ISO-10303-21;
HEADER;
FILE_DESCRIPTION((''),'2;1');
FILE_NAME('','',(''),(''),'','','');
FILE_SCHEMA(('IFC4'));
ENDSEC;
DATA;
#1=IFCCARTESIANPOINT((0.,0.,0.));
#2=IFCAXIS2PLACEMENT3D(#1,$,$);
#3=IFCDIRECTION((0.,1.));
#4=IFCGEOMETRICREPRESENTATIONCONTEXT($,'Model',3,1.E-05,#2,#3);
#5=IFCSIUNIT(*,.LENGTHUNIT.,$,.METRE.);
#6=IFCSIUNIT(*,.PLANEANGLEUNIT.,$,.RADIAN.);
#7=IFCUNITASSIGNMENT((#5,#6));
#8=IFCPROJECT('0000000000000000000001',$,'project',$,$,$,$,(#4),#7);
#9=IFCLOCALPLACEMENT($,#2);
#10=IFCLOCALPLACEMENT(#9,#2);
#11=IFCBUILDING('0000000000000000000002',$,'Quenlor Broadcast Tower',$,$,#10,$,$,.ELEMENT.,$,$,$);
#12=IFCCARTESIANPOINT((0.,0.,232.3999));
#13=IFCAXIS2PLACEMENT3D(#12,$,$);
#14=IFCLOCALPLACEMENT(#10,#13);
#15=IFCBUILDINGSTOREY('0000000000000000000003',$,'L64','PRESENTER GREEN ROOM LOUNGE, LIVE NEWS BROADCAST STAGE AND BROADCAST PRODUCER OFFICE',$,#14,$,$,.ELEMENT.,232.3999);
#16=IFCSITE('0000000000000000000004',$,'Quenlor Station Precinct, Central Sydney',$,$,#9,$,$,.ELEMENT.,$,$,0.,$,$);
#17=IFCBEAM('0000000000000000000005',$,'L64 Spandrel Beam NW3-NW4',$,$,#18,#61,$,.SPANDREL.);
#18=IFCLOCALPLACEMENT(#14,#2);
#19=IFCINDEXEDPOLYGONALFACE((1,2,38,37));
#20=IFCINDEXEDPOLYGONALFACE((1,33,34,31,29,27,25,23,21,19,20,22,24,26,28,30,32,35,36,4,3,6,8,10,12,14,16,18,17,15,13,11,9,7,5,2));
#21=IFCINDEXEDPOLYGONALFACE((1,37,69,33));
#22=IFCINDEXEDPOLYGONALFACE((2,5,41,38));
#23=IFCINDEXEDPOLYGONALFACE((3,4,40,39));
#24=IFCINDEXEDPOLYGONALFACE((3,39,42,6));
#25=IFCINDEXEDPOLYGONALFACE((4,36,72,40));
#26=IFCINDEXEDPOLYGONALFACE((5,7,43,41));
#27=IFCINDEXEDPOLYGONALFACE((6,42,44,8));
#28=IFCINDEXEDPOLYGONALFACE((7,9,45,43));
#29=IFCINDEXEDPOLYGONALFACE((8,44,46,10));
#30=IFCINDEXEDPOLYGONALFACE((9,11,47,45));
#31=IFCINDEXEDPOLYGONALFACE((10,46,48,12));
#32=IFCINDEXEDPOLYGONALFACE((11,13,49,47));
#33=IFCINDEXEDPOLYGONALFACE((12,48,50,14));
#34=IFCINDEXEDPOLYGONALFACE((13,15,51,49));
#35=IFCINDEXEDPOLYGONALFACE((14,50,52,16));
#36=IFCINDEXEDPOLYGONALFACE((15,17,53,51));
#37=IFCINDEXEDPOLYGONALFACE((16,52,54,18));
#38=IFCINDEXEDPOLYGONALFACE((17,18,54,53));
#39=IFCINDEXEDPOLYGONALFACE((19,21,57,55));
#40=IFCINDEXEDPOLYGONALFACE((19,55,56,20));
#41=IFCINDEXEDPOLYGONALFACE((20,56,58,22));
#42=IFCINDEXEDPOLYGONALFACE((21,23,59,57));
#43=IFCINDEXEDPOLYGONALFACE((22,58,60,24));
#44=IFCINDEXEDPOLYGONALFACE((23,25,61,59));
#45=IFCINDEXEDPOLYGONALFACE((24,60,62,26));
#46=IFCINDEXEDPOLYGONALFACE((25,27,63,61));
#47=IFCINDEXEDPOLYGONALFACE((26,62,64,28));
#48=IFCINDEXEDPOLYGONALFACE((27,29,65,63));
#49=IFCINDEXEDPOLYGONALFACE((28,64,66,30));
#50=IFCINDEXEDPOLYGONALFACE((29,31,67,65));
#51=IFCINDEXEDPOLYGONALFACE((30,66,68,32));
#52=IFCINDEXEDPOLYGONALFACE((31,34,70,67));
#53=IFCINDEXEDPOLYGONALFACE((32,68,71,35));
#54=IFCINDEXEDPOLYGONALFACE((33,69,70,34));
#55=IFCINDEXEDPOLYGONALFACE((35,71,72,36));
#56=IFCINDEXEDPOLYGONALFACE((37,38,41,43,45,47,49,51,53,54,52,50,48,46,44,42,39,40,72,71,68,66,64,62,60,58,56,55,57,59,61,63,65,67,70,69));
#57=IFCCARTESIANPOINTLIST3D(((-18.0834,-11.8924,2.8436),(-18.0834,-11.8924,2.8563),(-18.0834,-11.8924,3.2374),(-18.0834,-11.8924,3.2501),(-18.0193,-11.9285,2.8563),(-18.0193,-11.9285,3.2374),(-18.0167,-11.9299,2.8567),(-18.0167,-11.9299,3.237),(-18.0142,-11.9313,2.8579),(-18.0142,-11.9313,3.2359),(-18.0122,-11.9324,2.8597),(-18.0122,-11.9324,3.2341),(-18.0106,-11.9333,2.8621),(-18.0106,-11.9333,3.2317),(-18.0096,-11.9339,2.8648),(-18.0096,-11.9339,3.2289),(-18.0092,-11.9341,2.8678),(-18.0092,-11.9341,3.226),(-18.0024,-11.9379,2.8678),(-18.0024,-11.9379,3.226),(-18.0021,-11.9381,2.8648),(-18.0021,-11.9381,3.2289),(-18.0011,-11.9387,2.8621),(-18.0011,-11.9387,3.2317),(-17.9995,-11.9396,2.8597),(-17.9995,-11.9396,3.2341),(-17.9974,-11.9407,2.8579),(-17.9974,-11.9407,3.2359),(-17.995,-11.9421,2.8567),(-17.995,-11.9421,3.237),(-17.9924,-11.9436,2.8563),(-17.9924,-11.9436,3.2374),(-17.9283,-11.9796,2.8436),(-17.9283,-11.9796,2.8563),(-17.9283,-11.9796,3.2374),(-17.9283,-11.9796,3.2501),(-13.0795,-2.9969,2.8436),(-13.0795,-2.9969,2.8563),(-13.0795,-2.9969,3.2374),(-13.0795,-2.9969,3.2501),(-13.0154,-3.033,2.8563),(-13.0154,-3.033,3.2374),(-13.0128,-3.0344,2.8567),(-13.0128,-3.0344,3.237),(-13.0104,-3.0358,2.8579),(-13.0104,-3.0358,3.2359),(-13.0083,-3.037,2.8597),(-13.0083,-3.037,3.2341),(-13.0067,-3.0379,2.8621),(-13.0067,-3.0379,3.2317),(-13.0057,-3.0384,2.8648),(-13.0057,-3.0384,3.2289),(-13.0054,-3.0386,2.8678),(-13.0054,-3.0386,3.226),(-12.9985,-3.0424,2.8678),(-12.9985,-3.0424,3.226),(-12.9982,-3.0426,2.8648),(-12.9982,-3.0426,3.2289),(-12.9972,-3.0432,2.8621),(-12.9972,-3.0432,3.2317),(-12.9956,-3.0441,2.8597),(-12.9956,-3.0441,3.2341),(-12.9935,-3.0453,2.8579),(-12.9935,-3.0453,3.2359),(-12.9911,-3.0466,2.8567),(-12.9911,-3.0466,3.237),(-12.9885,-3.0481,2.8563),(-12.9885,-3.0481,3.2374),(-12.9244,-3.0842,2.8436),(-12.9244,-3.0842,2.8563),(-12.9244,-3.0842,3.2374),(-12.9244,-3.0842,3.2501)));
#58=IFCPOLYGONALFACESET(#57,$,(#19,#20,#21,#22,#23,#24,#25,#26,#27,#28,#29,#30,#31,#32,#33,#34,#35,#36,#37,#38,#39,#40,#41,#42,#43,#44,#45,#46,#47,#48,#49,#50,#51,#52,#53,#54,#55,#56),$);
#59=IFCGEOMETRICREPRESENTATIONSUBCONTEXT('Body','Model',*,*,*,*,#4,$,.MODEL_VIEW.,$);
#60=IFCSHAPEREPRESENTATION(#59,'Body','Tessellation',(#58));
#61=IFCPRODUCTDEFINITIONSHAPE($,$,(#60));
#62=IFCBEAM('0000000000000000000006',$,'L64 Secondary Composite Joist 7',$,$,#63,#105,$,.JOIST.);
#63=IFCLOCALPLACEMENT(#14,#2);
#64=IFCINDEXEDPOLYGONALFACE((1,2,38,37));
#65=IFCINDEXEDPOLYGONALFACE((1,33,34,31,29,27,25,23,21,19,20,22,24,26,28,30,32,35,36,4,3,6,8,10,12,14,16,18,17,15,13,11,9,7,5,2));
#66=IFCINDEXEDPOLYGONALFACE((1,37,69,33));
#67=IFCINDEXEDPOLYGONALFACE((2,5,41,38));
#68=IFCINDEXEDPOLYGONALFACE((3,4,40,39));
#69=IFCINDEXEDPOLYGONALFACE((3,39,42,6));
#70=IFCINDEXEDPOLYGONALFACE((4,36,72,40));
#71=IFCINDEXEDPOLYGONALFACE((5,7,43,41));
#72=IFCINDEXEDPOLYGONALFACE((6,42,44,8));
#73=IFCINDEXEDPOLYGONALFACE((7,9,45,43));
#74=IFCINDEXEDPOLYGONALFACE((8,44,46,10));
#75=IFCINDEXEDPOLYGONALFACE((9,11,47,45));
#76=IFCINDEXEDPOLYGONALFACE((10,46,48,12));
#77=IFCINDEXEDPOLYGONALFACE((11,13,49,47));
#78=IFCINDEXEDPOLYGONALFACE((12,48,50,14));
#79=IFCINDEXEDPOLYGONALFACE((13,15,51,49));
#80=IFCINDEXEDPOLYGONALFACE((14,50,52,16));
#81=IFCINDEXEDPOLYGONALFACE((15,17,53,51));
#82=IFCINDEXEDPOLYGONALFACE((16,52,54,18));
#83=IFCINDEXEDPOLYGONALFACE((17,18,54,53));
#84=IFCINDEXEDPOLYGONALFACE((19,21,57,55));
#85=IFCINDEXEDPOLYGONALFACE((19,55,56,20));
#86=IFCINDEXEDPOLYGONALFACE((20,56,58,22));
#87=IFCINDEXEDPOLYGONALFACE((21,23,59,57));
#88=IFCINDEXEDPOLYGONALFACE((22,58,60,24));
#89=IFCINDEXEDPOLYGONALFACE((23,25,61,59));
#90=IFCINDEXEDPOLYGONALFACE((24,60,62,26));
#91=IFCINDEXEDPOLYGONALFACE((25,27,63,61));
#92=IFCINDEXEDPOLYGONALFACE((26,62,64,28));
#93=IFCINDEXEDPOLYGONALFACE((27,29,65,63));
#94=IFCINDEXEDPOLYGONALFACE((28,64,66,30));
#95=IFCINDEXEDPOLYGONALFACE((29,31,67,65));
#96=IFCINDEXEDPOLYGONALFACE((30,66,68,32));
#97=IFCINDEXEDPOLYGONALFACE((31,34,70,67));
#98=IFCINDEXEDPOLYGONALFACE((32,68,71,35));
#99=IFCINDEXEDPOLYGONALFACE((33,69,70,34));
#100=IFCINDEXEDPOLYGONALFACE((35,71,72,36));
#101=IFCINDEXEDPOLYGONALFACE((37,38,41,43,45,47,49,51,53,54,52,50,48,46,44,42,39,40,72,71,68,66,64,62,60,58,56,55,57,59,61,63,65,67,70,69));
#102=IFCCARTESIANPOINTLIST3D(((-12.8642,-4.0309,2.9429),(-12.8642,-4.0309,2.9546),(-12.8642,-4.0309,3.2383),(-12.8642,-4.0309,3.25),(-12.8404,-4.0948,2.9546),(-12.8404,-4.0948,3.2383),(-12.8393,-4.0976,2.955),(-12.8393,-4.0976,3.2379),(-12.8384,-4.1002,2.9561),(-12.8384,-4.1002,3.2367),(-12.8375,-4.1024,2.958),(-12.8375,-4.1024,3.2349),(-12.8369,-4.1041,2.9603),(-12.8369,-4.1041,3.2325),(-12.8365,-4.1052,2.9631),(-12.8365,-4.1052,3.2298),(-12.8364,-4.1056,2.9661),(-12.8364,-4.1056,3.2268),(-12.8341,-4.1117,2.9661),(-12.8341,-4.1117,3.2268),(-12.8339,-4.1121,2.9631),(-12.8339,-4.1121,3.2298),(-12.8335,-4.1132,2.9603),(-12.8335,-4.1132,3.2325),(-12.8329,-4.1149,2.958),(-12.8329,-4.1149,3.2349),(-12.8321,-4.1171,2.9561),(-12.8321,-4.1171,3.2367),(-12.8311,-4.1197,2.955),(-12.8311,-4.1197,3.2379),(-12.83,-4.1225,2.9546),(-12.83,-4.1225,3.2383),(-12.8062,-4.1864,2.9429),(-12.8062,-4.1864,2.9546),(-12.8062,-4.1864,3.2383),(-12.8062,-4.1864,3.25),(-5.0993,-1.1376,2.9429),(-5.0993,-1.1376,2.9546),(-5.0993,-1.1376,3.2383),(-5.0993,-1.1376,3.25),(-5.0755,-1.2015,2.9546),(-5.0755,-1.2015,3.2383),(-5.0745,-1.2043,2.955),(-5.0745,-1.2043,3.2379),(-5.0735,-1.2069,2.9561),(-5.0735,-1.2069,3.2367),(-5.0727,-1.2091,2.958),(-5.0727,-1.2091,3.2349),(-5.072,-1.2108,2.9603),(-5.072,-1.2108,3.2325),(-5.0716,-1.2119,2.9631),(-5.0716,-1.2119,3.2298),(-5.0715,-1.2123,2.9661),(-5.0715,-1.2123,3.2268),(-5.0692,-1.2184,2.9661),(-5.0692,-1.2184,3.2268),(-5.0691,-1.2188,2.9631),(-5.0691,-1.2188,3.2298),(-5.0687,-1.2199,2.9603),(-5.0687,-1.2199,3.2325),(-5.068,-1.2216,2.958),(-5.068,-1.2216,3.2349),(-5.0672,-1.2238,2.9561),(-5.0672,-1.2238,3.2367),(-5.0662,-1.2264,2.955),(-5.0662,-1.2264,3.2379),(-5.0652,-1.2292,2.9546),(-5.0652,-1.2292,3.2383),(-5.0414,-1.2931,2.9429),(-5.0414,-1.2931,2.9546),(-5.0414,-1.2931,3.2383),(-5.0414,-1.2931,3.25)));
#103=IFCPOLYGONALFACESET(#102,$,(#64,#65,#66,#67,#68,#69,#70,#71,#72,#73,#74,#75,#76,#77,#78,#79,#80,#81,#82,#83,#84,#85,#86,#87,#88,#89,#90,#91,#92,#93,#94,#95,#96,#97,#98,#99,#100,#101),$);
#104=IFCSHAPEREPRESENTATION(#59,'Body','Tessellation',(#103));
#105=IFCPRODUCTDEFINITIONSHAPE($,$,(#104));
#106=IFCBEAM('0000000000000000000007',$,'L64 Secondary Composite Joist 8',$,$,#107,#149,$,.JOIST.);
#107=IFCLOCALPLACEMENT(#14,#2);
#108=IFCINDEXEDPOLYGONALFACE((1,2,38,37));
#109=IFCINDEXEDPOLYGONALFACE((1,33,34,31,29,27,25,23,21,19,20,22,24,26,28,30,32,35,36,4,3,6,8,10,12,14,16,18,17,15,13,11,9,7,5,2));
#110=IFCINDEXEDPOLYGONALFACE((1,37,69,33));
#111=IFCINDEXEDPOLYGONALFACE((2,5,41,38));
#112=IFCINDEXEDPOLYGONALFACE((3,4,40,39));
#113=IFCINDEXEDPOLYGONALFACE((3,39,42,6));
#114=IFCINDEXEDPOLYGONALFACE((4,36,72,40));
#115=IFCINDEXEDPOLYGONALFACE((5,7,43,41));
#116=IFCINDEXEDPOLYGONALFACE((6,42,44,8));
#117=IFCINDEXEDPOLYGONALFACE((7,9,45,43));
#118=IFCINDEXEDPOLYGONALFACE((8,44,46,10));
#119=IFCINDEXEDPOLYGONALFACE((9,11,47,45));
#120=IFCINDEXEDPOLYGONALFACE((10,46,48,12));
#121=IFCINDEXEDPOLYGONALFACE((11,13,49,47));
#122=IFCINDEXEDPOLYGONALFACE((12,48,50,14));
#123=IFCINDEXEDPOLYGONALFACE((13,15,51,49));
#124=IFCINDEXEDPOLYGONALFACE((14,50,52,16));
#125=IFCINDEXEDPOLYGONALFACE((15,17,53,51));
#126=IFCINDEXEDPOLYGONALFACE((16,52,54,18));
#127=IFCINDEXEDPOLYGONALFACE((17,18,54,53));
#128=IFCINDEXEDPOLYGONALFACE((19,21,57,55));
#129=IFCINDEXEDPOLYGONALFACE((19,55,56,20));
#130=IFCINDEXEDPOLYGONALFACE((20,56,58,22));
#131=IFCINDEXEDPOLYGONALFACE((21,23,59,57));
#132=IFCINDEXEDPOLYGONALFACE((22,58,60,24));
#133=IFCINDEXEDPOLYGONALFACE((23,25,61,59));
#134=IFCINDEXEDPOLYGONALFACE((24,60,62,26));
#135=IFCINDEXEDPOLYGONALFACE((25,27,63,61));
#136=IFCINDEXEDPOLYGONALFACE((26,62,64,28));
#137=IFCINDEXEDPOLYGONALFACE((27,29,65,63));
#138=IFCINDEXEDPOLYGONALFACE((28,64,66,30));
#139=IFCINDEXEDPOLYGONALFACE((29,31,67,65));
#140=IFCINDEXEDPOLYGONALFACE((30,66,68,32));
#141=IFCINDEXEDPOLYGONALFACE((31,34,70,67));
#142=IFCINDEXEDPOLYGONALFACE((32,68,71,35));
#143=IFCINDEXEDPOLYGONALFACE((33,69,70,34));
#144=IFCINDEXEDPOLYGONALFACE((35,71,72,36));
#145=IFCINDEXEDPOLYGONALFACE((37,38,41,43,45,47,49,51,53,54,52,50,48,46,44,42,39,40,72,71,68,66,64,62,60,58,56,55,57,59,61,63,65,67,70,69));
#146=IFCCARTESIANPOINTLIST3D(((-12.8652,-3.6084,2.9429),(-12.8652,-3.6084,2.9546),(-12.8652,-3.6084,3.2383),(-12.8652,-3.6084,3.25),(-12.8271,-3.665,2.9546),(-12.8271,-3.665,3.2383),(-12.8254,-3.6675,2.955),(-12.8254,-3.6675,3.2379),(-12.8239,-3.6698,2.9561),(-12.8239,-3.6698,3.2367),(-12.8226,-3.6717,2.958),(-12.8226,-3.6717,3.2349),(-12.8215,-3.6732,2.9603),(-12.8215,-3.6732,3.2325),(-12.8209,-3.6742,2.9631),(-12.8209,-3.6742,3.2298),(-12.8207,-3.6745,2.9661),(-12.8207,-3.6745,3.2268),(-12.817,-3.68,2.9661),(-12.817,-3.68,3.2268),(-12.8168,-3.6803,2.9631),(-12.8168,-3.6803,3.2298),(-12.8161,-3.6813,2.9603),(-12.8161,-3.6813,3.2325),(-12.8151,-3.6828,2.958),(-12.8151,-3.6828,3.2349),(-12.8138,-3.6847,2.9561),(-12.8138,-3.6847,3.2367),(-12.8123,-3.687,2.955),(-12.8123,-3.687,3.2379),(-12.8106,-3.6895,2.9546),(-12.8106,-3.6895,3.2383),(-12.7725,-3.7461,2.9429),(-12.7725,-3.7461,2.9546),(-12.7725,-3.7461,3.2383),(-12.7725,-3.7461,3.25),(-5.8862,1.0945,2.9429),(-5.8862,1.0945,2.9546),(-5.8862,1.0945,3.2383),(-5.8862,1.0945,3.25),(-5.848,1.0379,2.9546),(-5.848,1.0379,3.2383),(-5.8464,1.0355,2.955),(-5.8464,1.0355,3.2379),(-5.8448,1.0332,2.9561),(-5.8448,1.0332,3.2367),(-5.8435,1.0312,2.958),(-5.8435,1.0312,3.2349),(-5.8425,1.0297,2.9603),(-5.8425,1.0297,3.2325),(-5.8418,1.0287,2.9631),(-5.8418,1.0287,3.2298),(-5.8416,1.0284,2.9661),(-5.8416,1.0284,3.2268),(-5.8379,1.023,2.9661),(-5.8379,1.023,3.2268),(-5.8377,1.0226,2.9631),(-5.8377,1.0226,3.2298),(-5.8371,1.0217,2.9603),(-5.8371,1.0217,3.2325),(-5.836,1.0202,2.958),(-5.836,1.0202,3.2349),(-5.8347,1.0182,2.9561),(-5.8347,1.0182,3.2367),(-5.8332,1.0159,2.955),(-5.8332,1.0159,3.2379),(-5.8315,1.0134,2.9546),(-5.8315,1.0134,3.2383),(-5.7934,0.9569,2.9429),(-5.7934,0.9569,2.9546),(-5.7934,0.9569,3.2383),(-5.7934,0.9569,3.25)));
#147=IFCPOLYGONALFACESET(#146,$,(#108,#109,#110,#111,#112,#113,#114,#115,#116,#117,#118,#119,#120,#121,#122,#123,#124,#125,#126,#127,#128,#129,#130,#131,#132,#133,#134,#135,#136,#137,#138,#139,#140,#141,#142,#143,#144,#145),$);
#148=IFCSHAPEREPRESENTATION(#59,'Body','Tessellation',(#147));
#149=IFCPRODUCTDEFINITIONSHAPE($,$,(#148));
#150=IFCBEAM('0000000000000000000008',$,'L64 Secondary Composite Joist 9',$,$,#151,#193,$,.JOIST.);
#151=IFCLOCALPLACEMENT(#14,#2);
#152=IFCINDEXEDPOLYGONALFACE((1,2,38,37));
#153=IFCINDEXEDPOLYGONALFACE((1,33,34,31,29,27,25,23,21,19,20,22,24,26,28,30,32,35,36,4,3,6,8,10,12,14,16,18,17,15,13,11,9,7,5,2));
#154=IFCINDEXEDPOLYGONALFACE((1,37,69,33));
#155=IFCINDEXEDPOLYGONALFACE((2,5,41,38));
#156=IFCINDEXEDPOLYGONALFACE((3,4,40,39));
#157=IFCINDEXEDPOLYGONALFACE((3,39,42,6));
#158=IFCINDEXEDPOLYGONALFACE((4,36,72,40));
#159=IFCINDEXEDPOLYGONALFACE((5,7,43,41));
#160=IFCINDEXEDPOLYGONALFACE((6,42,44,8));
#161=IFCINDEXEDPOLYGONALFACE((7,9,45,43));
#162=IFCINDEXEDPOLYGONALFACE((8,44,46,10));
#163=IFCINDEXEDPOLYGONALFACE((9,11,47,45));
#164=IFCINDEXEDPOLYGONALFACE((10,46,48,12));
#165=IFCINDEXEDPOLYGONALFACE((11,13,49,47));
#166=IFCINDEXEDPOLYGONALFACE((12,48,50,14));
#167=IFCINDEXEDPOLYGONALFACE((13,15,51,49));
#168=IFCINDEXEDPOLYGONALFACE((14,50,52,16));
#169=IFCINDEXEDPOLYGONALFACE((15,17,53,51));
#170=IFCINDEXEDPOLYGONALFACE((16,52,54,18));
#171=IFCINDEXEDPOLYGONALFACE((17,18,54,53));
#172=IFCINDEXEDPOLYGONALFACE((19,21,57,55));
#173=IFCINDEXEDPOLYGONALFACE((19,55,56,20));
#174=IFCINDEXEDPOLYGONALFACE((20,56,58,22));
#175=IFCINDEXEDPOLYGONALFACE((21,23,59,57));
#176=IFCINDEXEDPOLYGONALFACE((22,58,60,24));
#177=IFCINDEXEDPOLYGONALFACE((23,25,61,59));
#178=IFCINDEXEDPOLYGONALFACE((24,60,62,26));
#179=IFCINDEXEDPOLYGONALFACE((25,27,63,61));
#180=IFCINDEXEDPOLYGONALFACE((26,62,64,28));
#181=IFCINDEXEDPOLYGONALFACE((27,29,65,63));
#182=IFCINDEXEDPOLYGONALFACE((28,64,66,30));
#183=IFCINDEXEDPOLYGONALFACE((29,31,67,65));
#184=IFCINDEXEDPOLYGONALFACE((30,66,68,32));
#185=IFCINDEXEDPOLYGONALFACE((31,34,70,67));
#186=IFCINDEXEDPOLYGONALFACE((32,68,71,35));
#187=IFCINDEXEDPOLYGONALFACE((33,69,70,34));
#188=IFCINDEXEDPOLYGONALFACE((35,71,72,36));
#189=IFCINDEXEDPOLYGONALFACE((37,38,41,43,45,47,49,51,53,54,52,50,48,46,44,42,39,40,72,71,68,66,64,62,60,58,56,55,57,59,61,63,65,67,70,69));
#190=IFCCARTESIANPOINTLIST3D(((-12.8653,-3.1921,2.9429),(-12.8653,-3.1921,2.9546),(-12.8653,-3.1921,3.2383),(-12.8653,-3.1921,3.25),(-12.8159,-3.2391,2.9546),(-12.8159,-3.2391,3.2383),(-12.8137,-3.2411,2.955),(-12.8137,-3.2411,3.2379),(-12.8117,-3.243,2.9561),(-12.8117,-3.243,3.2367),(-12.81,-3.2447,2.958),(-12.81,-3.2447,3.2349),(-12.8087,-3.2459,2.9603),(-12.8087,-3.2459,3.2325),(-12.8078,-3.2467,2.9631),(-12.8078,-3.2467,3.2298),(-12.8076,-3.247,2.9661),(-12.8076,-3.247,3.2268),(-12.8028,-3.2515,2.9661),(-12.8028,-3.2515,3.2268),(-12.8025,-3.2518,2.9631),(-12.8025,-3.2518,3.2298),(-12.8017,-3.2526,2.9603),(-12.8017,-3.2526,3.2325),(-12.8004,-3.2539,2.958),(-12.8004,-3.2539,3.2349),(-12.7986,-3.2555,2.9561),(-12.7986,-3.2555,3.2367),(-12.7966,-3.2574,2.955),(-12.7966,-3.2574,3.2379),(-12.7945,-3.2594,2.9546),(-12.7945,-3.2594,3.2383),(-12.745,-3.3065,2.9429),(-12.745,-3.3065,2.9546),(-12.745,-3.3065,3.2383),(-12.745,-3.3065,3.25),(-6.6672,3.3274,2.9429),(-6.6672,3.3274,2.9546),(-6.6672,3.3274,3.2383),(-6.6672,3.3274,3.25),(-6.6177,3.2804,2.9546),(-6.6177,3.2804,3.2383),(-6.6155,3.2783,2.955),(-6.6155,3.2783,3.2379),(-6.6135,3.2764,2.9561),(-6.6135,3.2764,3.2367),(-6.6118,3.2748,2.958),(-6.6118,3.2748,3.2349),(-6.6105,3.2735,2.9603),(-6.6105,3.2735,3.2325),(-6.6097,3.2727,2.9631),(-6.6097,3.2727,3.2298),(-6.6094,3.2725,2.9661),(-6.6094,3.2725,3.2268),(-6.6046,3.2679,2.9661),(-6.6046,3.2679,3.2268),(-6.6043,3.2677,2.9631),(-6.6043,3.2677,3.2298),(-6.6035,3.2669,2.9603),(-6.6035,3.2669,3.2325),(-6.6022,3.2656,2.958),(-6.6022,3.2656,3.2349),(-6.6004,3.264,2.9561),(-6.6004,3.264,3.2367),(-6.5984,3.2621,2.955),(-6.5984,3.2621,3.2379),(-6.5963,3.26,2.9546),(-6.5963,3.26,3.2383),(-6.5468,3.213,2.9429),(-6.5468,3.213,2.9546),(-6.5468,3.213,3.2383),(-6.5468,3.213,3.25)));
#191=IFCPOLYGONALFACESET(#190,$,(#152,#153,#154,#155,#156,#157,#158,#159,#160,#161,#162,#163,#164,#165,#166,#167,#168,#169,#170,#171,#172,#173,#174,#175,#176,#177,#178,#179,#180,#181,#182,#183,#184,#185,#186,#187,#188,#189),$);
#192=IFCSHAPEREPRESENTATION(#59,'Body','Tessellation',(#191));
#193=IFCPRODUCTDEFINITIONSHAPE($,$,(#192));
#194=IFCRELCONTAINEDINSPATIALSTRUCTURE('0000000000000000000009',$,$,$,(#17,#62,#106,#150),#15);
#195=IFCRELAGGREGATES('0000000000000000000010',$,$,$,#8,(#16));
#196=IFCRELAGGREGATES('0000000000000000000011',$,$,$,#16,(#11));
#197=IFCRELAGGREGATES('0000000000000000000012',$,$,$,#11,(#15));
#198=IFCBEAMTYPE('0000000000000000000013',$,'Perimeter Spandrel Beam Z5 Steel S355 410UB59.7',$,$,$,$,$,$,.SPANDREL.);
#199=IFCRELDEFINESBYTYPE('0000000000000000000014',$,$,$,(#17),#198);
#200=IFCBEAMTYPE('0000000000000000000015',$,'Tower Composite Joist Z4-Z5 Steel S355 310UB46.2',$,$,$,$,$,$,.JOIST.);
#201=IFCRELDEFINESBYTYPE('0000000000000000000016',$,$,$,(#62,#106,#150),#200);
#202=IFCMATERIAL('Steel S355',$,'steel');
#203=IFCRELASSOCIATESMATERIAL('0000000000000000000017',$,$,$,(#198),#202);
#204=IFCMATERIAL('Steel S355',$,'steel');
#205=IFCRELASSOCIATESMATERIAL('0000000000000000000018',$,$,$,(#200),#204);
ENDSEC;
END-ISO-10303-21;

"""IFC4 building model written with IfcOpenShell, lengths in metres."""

from ifc_helpers import new_model, si_unit, direction, frame, origin, origin_2d, place, context, subcontext, project, spatial, i_section, extrude, material, material_profile, profile_set, type_object, element, save


model = new_model("IFC4")

# Units and contexts
model_context = context("Model", 3, precision=1e-05, world=origin(), true_north=direction((0.0, 1.0)))
body_context = subcontext(model_context, "Body", "Model", "MODEL_VIEW")
ifc_project = project(units=[si_unit("LENGTHUNIT", "METRE"), si_unit("PLANEANGLEUNIT", "RADIAN")], contexts=[model_context])

# Site, building, storey
site_placement = place(None, origin())
site = spatial("IfcSite", under=ifc_project, at=site_placement, Name="Quenlor Station Precinct, Central Sydney", CompositionType="ELEMENT", RefElevation=0.0)
building_placement = place(site_placement, origin())
building = spatial("IfcBuilding", under=site, at=building_placement, Name="Quenlor Broadcast Tower", CompositionType="ELEMENT")
storey_placement = place(building_placement, frame((0.0, 0.0, 232.3999)))
storey = spatial("IfcBuildingStorey", under=building, at=storey_placement, Name="L64", Description="PRESENTER GREEN ROOM LOUNGE, LIVE NEWS BROADCAST STAGE AND BROADCAST PRODUCER OFFICE", CompositionType="ELEMENT", Elevation=232.3999)

# Beams
ifc_material_1 = material(Name="Steel S355", Category="steel")
ifc_material_profile_1 = material_profile(ifc_material_1, i_section(OverallWidth=0.178, OverallDepth=0.4065, WebThickness=0.0078, FlangeThickness=0.0127, FilletRadius=0.0115, at=origin_2d()))
ifc_profile_set_1 = profile_set([ifc_material_profile_1], Name="Steel S355 410UB59.7")
beam_type_1 = type_object("IfcBeamType", Name="Perimeter Spandrel Beam Z5 Steel S355 410UB59.7", PredefinedType="SPANDREL", material=ifc_profile_set_1)
beam_1_placement = place(storey_placement, frame((-13.002, -3.0405, 3.0469), z_axis=(-0.490275, -0.871568, 0.0), x_axis=(0.871568, -0.490275, 0.0)))
element("IfcBeam", 1, at=beam_1_placement, inside=storey, type_object=beam_type_1, Name="L64 Spandrel Beam NW3-NW4", PredefinedType="SPANDREL", context=body_context, shape_type="SweptSolid", body=[
    extrude(i_section(OverallWidth=0.178, OverallDepth=0.4065, WebThickness=0.0078, FlangeThickness=0.0127, FilletRadius=0.0115, at=origin_2d()), origin(), (0.0, 0.0, 1.0), 10.2063),
])
ifc_material_2 = material(Name="Steel S355", Category="steel")
ifc_material_profile_2 = material_profile(ifc_material_2, i_section(OverallWidth=0.166, OverallDepth=0.3071, WebThickness=0.0066, FlangeThickness=0.0117, FilletRadius=0.0115, at=origin_2d()))
ifc_profile_set_2 = profile_set([ifc_material_profile_2], Name="Steel S355 310UB46.2")
beam_type_2 = type_object("IfcBeamType", Name="Tower Composite Joist Z4-Z5 Steel S355 310UB46.2", PredefinedType="JOIST", material=ifc_profile_set_2)
beam_2_placement = place(storey_placement, frame((-12.8352, -4.1086, 3.0964), z_axis=(0.937062, 0.349163, 0.0), x_axis=(-0.349163, 0.937062, 0.0)))
element("IfcBeam", 2, at=beam_2_placement, inside=storey, type_object=beam_type_2, Name="L64 Secondary Composite Joist 7", PredefinedType="JOIST", context=body_context, shape_type="SweptSolid", body=[
    extrude(i_section(OverallWidth=0.166, OverallDepth=0.3071, WebThickness=0.0066, FlangeThickness=0.0117, FilletRadius=0.0115, at=origin_2d()), origin(), (0.0, 0.0, 1.0), 8.2864),
])
beam_3_placement = place(storey_placement, frame((-12.8188, -3.6772, 3.0964), z_axis=(0.829286, 0.558824, 0.0), x_axis=(-0.558824, 0.829286, 0.0)))
element("IfcBeam", 3, at=beam_3_placement, inside=storey, type_object=beam_type_2, Name="L64 Secondary Composite Joist 8", PredefinedType="JOIST", context=body_context, shape_type="SweptSolid", body=[
    extrude(i_section(OverallWidth=0.166, OverallDepth=0.3071, WebThickness=0.0066, FlangeThickness=0.0117, FilletRadius=0.0115, at=origin_2d()), origin(), (0.0, 0.0, 1.0), 8.4158),
])
beam_4_placement = place(storey_placement, frame((-12.8052, -3.2493, 3.0964), z_axis=(0.689023, 0.724739, 0.0), x_axis=(-0.724739, 0.689023, 0.0)))
element("IfcBeam", 4, at=beam_4_placement, inside=storey, type_object=beam_type_2, Name="L64 Secondary Composite Joist 9", PredefinedType="JOIST", context=body_context, shape_type="SweptSolid", body=[
    extrude(i_section(OverallWidth=0.166, OverallDepth=0.3071, WebThickness=0.0066, FlangeThickness=0.0117, FilletRadius=0.0115, at=origin_2d()), origin(), (0.0, 0.0, 1.0), 8.9956),
])

save(model, "model.ifc")
